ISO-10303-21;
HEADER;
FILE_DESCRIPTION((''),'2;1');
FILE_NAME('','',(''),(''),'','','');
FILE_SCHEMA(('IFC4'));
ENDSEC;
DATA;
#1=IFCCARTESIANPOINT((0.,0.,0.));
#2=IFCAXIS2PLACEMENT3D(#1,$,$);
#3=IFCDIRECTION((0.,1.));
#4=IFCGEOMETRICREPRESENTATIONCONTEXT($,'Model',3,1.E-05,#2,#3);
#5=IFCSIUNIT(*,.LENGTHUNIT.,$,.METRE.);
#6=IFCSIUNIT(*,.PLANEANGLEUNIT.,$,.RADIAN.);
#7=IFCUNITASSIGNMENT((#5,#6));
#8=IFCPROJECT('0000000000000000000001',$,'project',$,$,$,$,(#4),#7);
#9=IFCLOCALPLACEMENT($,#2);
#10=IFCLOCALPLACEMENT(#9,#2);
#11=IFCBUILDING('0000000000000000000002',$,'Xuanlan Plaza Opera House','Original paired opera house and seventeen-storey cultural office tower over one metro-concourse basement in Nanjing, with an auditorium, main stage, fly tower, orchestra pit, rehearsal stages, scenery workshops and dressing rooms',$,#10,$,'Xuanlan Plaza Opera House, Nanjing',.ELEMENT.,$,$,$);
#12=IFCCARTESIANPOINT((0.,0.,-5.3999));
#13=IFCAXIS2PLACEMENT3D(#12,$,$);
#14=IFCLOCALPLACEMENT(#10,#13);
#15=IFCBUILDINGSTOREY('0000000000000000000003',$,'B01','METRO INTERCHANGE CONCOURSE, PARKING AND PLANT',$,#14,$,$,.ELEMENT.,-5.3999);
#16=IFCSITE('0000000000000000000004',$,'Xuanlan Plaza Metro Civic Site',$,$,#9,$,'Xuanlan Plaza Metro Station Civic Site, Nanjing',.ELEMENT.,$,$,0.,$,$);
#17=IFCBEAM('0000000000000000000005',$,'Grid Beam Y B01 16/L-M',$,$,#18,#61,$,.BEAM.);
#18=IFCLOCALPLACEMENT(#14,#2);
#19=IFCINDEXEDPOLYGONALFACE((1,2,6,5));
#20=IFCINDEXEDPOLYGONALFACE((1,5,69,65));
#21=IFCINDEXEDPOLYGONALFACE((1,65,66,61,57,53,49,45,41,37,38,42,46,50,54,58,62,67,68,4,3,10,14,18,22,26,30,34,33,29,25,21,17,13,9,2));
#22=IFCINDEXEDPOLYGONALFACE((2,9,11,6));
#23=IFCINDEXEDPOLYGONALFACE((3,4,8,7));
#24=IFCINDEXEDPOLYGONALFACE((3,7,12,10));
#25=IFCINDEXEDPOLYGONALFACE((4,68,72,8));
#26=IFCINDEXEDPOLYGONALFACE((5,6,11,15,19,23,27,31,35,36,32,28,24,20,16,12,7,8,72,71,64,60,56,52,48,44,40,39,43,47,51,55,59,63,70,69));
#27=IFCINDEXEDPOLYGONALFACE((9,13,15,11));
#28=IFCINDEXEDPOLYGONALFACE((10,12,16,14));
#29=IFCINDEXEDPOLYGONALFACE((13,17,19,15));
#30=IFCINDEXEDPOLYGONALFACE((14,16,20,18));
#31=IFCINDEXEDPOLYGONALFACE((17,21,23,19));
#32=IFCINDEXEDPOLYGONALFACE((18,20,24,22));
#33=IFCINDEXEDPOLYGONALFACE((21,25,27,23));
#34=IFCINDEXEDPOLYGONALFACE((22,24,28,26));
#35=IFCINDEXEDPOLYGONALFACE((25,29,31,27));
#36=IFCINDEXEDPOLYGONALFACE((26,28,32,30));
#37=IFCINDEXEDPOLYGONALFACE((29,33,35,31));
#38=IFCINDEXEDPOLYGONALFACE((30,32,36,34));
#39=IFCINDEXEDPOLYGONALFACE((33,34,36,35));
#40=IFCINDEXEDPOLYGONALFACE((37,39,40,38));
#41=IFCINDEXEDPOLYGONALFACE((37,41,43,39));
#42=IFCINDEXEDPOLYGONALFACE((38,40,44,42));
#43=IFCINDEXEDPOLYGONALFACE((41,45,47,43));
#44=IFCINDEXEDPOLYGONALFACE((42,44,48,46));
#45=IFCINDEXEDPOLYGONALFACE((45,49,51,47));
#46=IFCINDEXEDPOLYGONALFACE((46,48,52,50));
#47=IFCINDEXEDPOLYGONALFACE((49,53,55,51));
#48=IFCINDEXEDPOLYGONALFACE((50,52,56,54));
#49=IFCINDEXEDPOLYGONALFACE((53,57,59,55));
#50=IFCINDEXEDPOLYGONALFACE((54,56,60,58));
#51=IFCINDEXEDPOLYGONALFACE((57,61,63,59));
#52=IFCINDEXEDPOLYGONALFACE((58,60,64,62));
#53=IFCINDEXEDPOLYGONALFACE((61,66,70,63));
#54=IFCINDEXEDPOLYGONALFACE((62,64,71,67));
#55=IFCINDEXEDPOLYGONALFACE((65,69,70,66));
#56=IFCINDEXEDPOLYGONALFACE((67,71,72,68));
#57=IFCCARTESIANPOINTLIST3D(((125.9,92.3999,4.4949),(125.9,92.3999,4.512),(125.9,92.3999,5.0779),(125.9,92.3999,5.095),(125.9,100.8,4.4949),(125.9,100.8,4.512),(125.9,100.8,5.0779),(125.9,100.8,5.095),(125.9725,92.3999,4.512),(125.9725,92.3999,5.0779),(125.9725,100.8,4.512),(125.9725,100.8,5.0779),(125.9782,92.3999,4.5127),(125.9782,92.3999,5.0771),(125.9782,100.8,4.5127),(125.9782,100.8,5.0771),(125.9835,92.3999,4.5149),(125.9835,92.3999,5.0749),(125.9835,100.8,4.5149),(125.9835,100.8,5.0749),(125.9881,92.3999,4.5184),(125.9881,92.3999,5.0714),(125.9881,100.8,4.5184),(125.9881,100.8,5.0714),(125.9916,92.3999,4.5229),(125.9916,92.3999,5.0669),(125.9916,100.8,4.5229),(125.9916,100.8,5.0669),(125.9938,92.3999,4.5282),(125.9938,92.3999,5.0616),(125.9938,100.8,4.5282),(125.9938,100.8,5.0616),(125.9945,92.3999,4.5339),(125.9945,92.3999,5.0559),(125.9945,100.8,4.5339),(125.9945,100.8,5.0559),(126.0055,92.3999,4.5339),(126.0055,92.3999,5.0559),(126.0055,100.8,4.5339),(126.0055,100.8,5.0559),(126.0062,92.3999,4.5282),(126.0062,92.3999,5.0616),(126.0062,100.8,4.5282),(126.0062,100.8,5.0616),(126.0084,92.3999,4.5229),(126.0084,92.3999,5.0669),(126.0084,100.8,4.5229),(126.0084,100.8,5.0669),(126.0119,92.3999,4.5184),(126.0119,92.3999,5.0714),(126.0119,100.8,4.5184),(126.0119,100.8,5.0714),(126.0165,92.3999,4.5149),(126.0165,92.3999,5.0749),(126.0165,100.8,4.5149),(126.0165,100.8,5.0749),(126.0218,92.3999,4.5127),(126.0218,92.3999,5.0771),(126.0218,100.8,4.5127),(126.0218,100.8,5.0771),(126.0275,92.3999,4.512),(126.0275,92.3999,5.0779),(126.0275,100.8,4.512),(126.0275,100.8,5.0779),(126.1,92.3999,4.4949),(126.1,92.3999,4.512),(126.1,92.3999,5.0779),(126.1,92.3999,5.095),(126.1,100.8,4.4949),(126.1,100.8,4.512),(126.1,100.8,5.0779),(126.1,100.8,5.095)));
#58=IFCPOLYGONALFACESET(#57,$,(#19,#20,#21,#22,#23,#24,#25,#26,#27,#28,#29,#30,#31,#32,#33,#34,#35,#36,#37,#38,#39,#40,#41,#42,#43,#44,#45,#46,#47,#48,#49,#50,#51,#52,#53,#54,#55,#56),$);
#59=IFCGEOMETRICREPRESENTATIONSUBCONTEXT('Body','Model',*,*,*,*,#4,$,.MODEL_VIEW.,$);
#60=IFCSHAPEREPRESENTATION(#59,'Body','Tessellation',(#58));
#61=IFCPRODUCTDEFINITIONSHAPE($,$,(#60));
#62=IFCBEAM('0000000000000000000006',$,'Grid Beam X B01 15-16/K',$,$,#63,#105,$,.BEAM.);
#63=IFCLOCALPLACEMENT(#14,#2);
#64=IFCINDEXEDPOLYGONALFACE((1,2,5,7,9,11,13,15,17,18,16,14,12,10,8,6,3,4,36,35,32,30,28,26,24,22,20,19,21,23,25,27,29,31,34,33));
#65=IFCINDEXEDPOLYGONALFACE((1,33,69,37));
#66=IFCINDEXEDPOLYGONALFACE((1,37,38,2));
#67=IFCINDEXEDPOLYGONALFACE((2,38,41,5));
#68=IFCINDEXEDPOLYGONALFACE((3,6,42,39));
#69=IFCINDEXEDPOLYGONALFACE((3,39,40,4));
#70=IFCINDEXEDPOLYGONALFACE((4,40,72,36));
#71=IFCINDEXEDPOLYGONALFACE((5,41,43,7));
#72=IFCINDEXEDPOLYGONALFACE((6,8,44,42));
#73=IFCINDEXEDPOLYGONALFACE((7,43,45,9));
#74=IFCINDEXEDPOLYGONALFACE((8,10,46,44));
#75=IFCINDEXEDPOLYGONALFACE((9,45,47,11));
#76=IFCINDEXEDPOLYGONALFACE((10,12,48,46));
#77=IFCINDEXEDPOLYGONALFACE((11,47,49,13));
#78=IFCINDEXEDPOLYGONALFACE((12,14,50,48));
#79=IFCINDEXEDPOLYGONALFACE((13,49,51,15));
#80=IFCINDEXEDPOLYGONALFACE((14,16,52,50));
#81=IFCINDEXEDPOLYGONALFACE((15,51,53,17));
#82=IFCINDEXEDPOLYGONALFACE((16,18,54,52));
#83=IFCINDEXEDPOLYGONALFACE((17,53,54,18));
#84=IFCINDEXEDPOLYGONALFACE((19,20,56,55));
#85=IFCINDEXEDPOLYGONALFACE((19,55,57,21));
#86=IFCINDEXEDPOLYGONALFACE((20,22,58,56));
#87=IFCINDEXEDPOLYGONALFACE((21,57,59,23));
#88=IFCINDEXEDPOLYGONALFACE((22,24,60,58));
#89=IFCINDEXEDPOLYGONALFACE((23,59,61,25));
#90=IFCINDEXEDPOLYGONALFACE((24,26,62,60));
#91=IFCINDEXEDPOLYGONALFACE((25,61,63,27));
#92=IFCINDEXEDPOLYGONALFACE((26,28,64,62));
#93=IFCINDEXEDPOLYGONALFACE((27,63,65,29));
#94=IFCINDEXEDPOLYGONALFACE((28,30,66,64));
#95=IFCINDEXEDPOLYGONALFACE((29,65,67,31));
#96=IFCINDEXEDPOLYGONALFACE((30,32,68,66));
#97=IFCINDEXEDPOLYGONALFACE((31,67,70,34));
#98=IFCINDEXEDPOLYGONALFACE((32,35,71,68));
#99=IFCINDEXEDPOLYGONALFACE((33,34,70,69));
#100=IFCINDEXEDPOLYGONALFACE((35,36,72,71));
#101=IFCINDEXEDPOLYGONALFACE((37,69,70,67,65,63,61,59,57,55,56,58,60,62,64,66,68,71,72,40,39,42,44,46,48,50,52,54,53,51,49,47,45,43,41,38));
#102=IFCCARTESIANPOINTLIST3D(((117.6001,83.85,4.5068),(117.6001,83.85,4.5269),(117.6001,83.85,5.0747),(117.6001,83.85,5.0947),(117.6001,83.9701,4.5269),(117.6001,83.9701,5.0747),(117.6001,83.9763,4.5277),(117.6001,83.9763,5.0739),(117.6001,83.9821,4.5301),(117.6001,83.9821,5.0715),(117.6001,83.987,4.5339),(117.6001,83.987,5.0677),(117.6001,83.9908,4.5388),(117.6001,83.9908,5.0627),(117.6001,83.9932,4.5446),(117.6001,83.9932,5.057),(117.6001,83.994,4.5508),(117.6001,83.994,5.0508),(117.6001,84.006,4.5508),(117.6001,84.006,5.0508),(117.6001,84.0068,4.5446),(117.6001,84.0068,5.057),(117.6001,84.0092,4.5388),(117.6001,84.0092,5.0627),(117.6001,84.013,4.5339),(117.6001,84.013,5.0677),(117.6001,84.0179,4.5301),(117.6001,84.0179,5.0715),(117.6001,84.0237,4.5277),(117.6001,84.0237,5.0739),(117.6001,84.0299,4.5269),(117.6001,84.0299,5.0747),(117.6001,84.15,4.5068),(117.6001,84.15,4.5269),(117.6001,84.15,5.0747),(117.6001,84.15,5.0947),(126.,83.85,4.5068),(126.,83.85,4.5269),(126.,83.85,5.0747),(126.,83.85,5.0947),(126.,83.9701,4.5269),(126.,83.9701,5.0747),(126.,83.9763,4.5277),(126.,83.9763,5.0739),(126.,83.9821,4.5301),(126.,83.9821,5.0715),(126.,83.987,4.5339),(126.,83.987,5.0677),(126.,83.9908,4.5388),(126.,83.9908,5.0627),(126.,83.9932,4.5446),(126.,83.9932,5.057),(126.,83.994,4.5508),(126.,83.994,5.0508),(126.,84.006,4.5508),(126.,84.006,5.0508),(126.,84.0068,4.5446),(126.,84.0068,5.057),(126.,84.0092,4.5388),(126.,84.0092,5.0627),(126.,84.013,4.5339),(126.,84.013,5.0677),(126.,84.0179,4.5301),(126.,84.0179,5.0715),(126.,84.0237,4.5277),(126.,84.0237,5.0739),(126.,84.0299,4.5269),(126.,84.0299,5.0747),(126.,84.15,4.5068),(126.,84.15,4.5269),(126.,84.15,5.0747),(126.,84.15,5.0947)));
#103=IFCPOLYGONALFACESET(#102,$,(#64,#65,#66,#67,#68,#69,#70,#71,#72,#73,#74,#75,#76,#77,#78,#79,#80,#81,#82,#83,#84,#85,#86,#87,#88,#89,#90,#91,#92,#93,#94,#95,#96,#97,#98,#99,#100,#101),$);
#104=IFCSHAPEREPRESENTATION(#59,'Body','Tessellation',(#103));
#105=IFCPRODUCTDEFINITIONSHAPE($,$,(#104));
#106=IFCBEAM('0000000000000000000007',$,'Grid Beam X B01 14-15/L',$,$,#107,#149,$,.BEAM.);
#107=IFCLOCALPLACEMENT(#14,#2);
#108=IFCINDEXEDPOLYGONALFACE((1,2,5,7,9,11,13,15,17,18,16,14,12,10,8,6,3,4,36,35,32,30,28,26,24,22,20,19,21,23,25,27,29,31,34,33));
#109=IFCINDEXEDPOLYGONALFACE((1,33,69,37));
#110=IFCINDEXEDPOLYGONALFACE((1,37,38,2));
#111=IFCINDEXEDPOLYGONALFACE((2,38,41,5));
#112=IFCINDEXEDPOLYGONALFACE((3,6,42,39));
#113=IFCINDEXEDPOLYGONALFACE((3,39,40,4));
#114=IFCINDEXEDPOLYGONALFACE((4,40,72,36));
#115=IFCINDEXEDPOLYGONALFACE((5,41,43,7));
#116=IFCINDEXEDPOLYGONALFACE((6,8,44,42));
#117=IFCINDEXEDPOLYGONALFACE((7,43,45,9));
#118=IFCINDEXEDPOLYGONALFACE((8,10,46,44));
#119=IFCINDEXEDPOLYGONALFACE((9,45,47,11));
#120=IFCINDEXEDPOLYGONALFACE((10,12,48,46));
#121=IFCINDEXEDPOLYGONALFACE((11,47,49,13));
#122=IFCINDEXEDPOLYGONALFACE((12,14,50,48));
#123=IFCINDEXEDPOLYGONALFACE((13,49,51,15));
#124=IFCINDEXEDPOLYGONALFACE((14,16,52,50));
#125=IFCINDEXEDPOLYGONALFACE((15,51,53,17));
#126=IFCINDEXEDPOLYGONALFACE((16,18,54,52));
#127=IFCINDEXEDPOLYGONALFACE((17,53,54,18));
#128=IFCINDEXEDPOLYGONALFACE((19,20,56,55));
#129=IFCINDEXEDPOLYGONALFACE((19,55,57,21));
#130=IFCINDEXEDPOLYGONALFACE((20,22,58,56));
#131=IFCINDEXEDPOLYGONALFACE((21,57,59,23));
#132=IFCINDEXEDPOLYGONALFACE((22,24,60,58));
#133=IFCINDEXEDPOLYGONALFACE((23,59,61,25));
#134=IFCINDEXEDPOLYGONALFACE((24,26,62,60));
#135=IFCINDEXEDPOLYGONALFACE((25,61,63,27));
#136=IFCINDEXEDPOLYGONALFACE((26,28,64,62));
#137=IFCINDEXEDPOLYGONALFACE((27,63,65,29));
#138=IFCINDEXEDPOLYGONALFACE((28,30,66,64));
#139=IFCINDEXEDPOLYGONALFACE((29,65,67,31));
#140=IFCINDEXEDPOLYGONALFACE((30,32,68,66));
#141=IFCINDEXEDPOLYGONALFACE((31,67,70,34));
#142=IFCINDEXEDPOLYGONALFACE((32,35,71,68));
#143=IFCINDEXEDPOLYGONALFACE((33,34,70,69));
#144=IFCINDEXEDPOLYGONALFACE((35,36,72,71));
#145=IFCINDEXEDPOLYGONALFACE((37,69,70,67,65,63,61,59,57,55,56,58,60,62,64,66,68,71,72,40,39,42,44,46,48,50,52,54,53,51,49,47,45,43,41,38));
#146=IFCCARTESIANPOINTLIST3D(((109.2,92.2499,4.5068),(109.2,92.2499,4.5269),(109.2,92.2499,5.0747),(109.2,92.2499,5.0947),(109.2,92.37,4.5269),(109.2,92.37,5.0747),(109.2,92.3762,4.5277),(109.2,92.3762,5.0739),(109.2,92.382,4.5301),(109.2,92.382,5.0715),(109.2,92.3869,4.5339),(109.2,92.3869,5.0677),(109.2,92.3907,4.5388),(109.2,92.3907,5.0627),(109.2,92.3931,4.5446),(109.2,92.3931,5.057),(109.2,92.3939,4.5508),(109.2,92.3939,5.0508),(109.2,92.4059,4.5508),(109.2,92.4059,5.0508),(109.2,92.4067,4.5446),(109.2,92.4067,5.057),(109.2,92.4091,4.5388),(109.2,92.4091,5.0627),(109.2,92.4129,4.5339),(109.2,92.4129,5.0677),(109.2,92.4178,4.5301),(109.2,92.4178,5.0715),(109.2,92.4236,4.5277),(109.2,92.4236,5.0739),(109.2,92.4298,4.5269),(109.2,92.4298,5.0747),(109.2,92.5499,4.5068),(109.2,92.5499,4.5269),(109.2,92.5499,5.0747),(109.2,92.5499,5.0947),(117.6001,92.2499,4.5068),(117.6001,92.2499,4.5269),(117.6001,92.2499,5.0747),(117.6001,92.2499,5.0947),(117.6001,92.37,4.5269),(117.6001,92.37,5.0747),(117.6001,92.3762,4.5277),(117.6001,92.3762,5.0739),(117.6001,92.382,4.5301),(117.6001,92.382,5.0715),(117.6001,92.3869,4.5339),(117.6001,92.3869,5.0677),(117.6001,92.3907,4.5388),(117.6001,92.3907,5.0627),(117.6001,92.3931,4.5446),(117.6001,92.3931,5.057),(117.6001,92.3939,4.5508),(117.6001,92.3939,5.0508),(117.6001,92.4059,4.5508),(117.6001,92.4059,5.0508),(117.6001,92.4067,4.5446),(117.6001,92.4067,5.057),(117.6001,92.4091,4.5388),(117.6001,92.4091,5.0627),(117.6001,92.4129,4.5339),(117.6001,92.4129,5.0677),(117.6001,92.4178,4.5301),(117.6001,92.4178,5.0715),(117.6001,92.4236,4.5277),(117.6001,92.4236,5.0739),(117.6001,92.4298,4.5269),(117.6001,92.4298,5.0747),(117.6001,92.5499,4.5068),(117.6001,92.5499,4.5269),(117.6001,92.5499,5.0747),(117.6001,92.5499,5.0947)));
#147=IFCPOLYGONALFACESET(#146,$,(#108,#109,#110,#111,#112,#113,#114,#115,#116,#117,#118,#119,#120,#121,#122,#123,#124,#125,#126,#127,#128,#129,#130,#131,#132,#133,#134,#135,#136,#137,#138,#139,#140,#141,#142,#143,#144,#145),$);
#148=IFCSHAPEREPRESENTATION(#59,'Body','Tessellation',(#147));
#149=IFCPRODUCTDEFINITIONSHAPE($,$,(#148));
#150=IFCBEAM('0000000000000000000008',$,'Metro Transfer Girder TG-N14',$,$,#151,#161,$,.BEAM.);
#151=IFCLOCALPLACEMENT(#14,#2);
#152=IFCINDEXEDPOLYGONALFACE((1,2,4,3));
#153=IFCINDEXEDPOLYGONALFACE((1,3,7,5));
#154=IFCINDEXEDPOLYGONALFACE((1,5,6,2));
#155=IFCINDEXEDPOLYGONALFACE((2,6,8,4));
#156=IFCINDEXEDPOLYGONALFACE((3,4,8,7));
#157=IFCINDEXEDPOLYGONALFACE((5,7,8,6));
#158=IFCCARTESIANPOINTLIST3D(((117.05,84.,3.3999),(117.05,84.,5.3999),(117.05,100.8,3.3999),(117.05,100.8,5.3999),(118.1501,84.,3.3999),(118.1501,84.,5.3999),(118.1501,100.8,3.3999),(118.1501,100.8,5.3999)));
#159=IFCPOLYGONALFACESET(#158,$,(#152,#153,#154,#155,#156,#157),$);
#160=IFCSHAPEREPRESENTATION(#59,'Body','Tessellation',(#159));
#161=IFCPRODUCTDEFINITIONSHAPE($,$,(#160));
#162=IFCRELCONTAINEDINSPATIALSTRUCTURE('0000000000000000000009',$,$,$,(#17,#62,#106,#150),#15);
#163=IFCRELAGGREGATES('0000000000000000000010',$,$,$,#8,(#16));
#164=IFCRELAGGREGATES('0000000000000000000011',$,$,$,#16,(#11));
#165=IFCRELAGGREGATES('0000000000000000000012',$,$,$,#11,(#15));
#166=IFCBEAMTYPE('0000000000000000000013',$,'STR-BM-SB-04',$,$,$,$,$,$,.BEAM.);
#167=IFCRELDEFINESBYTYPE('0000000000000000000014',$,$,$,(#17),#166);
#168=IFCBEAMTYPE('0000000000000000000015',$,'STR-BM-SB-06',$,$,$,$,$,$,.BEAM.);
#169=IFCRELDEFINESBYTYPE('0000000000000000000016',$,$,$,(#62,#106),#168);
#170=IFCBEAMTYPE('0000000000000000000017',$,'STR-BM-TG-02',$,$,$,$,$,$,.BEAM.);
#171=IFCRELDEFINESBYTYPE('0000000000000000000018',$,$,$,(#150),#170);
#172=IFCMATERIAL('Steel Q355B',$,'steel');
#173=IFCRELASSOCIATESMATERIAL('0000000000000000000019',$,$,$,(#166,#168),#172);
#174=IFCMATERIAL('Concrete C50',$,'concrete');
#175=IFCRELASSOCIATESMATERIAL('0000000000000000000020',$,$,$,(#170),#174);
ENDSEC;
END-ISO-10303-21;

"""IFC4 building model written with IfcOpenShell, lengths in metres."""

from ifc_helpers import new_model, si_unit, direction, frame, origin, origin_2d, place, context, subcontext, project, spatial, rectangle, i_section, extrude, material, material_profile, profile_set, type_object, element, save


model = new_model("IFC4")

# Units and contexts
model_context = context("Model", 3, precision=1e-05, world=origin(), true_north=direction((0.0, 1.0)))
body_context = subcontext(model_context, "Body", "Model", "MODEL_VIEW")
ifc_project = project(units=[si_unit("LENGTHUNIT", "METRE"), si_unit("PLANEANGLEUNIT", "RADIAN")], contexts=[model_context])

# Site, building, storey
site_placement = place(None, origin())
site = spatial("IfcSite", under=ifc_project, at=site_placement, Name="Xuanlan Plaza Metro Civic Site", LongName="Xuanlan Plaza Metro Station Civic Site, Nanjing", CompositionType="ELEMENT", RefElevation=0.0)
building_placement = place(site_placement, origin())
building = spatial("IfcBuilding", under=site, at=building_placement, Name="Xuanlan Plaza Opera House", Description="Original paired opera house and seventeen-storey cultural office tower over one metro-concourse basement in Nanjing, with an auditorium, main stage, fly tower, orchestra pit, rehearsal stages, scenery workshops and dressing rooms", LongName="Xuanlan Plaza Opera House, Nanjing", CompositionType="ELEMENT")
storey_placement = place(building_placement, frame((0.0, 0.0, -5.3999)))
storey = spatial("IfcBuildingStorey", under=building, at=storey_placement, Name="B01", Description="METRO INTERCHANGE CONCOURSE, PARKING AND PLANT", CompositionType="ELEMENT", Elevation=-5.3999)

# Shared definitions
ifc_material_1 = material(Name="Concrete C50", Category="concrete")

# Beams
ifc_material_2 = material(Name="Steel Q355B", Category="steel")
ifc_material_profile_1 = material_profile(ifc_material_2, i_section(OverallWidth=0.2, OverallDepth=0.6001, WebThickness=0.011, FlangeThickness=0.0171, FilletRadius=0.022, at=origin_2d()), Name="HN 600x200x11x17")
ifc_profile_set_1 = profile_set([ifc_material_profile_1], Name="Steel Q355B")
beam_type_1 = type_object("IfcBeamType", Name="STR-BM-SB-04", PredefinedType="BEAM", material=ifc_profile_set_1)
beam_1_placement = place(storey_placement, frame((126.0, 92.3999, 4.7949), z_axis=(0.0, 1.0, 0.0), x_axis=(-1.0, 0.0, 0.0)))
element("IfcBeam", 1, at=beam_1_placement, inside=storey, type_object=beam_type_1, Name="Grid Beam Y B01 16/L-M", PredefinedType="BEAM", context=body_context, shape_type="SweptSolid", body=[
    extrude(i_section(OverallWidth=0.2, OverallDepth=0.6001, WebThickness=0.011, FlangeThickness=0.0171, FilletRadius=0.022, at=origin_2d()), origin(), (0.0, 0.0, 1.0), 8.4001),
])
ifc_material_profile_2 = material_profile(ifc_material_2, i_section(OverallWidth=0.3, OverallDepth=0.5879, WebThickness=0.012, FlangeThickness=0.02, FilletRadius=0.0239, at=origin_2d()), Name="HM 588x300x12x20")
ifc_profile_set_2 = profile_set([ifc_material_profile_2], Name="Steel Q355B")
beam_type_2 = type_object("IfcBeamType", Name="STR-BM-SB-06", PredefinedType="BEAM", material=ifc_profile_set_2)
beam_2_placement = place(storey_placement, frame((117.6001, 84.0, 4.8008), z_axis=(1.0, 0.0, 0.0), x_axis=(0.0, 1.0, 0.0)))
element("IfcBeam", 2, at=beam_2_placement, inside=storey, type_object=beam_type_2, Name="Grid Beam X B01 15-16/K", PredefinedType="BEAM", context=body_context, shape_type="SweptSolid", body=[
    extrude(i_section(OverallWidth=0.3, OverallDepth=0.5879, WebThickness=0.012, FlangeThickness=0.02, FilletRadius=0.0239, at=origin_2d()), origin(), (0.0, 0.0, 1.0), 8.3999),
])
beam_3_placement = place(storey_placement, frame((109.2, 92.3999, 4.8008), z_axis=(1.0, 0.0, 0.0), x_axis=(0.0, 1.0, 0.0)))
element("IfcBeam", 3, at=beam_3_placement, inside=storey, type_object=beam_type_2, Name="Grid Beam X B01 14-15/L", PredefinedType="BEAM", context=body_context, shape_type="SweptSolid", body=[
    extrude(i_section(OverallWidth=0.3, OverallDepth=0.5879, WebThickness=0.012, FlangeThickness=0.02, FilletRadius=0.0239, at=origin_2d()), origin(), (0.0, 0.0, 1.0), 8.4001),
])
ifc_material_profile_3 = material_profile(ifc_material_1, rectangle(XDim=1.1001, YDim=2.0, at=origin_2d()), Name="RC-TG 1100x2000")
ifc_profile_set_3 = profile_set([ifc_material_profile_3], Name="Concrete C50")
beam_type_3 = type_object("IfcBeamType", Name="STR-BM-TG-02", PredefinedType="BEAM", material=ifc_profile_set_3)
beam_4_placement = place(storey_placement, frame((117.6001, 84.0, 4.3999), z_axis=(0.0, 1.0, 0.0), x_axis=(-1.0, 0.0, 0.0)))
element("IfcBeam", 4, at=beam_4_placement, inside=storey, type_object=beam_type_3, Name="Metro Transfer Girder TG-N14", PredefinedType="BEAM", context=body_context, shape_type="SweptSolid", body=[
    extrude(rectangle(XDim=1.1001, YDim=2.0, at=origin_2d()), origin(), (0.0, 0.0, 1.0), 16.8),
])

save(model, "model.ifc")
